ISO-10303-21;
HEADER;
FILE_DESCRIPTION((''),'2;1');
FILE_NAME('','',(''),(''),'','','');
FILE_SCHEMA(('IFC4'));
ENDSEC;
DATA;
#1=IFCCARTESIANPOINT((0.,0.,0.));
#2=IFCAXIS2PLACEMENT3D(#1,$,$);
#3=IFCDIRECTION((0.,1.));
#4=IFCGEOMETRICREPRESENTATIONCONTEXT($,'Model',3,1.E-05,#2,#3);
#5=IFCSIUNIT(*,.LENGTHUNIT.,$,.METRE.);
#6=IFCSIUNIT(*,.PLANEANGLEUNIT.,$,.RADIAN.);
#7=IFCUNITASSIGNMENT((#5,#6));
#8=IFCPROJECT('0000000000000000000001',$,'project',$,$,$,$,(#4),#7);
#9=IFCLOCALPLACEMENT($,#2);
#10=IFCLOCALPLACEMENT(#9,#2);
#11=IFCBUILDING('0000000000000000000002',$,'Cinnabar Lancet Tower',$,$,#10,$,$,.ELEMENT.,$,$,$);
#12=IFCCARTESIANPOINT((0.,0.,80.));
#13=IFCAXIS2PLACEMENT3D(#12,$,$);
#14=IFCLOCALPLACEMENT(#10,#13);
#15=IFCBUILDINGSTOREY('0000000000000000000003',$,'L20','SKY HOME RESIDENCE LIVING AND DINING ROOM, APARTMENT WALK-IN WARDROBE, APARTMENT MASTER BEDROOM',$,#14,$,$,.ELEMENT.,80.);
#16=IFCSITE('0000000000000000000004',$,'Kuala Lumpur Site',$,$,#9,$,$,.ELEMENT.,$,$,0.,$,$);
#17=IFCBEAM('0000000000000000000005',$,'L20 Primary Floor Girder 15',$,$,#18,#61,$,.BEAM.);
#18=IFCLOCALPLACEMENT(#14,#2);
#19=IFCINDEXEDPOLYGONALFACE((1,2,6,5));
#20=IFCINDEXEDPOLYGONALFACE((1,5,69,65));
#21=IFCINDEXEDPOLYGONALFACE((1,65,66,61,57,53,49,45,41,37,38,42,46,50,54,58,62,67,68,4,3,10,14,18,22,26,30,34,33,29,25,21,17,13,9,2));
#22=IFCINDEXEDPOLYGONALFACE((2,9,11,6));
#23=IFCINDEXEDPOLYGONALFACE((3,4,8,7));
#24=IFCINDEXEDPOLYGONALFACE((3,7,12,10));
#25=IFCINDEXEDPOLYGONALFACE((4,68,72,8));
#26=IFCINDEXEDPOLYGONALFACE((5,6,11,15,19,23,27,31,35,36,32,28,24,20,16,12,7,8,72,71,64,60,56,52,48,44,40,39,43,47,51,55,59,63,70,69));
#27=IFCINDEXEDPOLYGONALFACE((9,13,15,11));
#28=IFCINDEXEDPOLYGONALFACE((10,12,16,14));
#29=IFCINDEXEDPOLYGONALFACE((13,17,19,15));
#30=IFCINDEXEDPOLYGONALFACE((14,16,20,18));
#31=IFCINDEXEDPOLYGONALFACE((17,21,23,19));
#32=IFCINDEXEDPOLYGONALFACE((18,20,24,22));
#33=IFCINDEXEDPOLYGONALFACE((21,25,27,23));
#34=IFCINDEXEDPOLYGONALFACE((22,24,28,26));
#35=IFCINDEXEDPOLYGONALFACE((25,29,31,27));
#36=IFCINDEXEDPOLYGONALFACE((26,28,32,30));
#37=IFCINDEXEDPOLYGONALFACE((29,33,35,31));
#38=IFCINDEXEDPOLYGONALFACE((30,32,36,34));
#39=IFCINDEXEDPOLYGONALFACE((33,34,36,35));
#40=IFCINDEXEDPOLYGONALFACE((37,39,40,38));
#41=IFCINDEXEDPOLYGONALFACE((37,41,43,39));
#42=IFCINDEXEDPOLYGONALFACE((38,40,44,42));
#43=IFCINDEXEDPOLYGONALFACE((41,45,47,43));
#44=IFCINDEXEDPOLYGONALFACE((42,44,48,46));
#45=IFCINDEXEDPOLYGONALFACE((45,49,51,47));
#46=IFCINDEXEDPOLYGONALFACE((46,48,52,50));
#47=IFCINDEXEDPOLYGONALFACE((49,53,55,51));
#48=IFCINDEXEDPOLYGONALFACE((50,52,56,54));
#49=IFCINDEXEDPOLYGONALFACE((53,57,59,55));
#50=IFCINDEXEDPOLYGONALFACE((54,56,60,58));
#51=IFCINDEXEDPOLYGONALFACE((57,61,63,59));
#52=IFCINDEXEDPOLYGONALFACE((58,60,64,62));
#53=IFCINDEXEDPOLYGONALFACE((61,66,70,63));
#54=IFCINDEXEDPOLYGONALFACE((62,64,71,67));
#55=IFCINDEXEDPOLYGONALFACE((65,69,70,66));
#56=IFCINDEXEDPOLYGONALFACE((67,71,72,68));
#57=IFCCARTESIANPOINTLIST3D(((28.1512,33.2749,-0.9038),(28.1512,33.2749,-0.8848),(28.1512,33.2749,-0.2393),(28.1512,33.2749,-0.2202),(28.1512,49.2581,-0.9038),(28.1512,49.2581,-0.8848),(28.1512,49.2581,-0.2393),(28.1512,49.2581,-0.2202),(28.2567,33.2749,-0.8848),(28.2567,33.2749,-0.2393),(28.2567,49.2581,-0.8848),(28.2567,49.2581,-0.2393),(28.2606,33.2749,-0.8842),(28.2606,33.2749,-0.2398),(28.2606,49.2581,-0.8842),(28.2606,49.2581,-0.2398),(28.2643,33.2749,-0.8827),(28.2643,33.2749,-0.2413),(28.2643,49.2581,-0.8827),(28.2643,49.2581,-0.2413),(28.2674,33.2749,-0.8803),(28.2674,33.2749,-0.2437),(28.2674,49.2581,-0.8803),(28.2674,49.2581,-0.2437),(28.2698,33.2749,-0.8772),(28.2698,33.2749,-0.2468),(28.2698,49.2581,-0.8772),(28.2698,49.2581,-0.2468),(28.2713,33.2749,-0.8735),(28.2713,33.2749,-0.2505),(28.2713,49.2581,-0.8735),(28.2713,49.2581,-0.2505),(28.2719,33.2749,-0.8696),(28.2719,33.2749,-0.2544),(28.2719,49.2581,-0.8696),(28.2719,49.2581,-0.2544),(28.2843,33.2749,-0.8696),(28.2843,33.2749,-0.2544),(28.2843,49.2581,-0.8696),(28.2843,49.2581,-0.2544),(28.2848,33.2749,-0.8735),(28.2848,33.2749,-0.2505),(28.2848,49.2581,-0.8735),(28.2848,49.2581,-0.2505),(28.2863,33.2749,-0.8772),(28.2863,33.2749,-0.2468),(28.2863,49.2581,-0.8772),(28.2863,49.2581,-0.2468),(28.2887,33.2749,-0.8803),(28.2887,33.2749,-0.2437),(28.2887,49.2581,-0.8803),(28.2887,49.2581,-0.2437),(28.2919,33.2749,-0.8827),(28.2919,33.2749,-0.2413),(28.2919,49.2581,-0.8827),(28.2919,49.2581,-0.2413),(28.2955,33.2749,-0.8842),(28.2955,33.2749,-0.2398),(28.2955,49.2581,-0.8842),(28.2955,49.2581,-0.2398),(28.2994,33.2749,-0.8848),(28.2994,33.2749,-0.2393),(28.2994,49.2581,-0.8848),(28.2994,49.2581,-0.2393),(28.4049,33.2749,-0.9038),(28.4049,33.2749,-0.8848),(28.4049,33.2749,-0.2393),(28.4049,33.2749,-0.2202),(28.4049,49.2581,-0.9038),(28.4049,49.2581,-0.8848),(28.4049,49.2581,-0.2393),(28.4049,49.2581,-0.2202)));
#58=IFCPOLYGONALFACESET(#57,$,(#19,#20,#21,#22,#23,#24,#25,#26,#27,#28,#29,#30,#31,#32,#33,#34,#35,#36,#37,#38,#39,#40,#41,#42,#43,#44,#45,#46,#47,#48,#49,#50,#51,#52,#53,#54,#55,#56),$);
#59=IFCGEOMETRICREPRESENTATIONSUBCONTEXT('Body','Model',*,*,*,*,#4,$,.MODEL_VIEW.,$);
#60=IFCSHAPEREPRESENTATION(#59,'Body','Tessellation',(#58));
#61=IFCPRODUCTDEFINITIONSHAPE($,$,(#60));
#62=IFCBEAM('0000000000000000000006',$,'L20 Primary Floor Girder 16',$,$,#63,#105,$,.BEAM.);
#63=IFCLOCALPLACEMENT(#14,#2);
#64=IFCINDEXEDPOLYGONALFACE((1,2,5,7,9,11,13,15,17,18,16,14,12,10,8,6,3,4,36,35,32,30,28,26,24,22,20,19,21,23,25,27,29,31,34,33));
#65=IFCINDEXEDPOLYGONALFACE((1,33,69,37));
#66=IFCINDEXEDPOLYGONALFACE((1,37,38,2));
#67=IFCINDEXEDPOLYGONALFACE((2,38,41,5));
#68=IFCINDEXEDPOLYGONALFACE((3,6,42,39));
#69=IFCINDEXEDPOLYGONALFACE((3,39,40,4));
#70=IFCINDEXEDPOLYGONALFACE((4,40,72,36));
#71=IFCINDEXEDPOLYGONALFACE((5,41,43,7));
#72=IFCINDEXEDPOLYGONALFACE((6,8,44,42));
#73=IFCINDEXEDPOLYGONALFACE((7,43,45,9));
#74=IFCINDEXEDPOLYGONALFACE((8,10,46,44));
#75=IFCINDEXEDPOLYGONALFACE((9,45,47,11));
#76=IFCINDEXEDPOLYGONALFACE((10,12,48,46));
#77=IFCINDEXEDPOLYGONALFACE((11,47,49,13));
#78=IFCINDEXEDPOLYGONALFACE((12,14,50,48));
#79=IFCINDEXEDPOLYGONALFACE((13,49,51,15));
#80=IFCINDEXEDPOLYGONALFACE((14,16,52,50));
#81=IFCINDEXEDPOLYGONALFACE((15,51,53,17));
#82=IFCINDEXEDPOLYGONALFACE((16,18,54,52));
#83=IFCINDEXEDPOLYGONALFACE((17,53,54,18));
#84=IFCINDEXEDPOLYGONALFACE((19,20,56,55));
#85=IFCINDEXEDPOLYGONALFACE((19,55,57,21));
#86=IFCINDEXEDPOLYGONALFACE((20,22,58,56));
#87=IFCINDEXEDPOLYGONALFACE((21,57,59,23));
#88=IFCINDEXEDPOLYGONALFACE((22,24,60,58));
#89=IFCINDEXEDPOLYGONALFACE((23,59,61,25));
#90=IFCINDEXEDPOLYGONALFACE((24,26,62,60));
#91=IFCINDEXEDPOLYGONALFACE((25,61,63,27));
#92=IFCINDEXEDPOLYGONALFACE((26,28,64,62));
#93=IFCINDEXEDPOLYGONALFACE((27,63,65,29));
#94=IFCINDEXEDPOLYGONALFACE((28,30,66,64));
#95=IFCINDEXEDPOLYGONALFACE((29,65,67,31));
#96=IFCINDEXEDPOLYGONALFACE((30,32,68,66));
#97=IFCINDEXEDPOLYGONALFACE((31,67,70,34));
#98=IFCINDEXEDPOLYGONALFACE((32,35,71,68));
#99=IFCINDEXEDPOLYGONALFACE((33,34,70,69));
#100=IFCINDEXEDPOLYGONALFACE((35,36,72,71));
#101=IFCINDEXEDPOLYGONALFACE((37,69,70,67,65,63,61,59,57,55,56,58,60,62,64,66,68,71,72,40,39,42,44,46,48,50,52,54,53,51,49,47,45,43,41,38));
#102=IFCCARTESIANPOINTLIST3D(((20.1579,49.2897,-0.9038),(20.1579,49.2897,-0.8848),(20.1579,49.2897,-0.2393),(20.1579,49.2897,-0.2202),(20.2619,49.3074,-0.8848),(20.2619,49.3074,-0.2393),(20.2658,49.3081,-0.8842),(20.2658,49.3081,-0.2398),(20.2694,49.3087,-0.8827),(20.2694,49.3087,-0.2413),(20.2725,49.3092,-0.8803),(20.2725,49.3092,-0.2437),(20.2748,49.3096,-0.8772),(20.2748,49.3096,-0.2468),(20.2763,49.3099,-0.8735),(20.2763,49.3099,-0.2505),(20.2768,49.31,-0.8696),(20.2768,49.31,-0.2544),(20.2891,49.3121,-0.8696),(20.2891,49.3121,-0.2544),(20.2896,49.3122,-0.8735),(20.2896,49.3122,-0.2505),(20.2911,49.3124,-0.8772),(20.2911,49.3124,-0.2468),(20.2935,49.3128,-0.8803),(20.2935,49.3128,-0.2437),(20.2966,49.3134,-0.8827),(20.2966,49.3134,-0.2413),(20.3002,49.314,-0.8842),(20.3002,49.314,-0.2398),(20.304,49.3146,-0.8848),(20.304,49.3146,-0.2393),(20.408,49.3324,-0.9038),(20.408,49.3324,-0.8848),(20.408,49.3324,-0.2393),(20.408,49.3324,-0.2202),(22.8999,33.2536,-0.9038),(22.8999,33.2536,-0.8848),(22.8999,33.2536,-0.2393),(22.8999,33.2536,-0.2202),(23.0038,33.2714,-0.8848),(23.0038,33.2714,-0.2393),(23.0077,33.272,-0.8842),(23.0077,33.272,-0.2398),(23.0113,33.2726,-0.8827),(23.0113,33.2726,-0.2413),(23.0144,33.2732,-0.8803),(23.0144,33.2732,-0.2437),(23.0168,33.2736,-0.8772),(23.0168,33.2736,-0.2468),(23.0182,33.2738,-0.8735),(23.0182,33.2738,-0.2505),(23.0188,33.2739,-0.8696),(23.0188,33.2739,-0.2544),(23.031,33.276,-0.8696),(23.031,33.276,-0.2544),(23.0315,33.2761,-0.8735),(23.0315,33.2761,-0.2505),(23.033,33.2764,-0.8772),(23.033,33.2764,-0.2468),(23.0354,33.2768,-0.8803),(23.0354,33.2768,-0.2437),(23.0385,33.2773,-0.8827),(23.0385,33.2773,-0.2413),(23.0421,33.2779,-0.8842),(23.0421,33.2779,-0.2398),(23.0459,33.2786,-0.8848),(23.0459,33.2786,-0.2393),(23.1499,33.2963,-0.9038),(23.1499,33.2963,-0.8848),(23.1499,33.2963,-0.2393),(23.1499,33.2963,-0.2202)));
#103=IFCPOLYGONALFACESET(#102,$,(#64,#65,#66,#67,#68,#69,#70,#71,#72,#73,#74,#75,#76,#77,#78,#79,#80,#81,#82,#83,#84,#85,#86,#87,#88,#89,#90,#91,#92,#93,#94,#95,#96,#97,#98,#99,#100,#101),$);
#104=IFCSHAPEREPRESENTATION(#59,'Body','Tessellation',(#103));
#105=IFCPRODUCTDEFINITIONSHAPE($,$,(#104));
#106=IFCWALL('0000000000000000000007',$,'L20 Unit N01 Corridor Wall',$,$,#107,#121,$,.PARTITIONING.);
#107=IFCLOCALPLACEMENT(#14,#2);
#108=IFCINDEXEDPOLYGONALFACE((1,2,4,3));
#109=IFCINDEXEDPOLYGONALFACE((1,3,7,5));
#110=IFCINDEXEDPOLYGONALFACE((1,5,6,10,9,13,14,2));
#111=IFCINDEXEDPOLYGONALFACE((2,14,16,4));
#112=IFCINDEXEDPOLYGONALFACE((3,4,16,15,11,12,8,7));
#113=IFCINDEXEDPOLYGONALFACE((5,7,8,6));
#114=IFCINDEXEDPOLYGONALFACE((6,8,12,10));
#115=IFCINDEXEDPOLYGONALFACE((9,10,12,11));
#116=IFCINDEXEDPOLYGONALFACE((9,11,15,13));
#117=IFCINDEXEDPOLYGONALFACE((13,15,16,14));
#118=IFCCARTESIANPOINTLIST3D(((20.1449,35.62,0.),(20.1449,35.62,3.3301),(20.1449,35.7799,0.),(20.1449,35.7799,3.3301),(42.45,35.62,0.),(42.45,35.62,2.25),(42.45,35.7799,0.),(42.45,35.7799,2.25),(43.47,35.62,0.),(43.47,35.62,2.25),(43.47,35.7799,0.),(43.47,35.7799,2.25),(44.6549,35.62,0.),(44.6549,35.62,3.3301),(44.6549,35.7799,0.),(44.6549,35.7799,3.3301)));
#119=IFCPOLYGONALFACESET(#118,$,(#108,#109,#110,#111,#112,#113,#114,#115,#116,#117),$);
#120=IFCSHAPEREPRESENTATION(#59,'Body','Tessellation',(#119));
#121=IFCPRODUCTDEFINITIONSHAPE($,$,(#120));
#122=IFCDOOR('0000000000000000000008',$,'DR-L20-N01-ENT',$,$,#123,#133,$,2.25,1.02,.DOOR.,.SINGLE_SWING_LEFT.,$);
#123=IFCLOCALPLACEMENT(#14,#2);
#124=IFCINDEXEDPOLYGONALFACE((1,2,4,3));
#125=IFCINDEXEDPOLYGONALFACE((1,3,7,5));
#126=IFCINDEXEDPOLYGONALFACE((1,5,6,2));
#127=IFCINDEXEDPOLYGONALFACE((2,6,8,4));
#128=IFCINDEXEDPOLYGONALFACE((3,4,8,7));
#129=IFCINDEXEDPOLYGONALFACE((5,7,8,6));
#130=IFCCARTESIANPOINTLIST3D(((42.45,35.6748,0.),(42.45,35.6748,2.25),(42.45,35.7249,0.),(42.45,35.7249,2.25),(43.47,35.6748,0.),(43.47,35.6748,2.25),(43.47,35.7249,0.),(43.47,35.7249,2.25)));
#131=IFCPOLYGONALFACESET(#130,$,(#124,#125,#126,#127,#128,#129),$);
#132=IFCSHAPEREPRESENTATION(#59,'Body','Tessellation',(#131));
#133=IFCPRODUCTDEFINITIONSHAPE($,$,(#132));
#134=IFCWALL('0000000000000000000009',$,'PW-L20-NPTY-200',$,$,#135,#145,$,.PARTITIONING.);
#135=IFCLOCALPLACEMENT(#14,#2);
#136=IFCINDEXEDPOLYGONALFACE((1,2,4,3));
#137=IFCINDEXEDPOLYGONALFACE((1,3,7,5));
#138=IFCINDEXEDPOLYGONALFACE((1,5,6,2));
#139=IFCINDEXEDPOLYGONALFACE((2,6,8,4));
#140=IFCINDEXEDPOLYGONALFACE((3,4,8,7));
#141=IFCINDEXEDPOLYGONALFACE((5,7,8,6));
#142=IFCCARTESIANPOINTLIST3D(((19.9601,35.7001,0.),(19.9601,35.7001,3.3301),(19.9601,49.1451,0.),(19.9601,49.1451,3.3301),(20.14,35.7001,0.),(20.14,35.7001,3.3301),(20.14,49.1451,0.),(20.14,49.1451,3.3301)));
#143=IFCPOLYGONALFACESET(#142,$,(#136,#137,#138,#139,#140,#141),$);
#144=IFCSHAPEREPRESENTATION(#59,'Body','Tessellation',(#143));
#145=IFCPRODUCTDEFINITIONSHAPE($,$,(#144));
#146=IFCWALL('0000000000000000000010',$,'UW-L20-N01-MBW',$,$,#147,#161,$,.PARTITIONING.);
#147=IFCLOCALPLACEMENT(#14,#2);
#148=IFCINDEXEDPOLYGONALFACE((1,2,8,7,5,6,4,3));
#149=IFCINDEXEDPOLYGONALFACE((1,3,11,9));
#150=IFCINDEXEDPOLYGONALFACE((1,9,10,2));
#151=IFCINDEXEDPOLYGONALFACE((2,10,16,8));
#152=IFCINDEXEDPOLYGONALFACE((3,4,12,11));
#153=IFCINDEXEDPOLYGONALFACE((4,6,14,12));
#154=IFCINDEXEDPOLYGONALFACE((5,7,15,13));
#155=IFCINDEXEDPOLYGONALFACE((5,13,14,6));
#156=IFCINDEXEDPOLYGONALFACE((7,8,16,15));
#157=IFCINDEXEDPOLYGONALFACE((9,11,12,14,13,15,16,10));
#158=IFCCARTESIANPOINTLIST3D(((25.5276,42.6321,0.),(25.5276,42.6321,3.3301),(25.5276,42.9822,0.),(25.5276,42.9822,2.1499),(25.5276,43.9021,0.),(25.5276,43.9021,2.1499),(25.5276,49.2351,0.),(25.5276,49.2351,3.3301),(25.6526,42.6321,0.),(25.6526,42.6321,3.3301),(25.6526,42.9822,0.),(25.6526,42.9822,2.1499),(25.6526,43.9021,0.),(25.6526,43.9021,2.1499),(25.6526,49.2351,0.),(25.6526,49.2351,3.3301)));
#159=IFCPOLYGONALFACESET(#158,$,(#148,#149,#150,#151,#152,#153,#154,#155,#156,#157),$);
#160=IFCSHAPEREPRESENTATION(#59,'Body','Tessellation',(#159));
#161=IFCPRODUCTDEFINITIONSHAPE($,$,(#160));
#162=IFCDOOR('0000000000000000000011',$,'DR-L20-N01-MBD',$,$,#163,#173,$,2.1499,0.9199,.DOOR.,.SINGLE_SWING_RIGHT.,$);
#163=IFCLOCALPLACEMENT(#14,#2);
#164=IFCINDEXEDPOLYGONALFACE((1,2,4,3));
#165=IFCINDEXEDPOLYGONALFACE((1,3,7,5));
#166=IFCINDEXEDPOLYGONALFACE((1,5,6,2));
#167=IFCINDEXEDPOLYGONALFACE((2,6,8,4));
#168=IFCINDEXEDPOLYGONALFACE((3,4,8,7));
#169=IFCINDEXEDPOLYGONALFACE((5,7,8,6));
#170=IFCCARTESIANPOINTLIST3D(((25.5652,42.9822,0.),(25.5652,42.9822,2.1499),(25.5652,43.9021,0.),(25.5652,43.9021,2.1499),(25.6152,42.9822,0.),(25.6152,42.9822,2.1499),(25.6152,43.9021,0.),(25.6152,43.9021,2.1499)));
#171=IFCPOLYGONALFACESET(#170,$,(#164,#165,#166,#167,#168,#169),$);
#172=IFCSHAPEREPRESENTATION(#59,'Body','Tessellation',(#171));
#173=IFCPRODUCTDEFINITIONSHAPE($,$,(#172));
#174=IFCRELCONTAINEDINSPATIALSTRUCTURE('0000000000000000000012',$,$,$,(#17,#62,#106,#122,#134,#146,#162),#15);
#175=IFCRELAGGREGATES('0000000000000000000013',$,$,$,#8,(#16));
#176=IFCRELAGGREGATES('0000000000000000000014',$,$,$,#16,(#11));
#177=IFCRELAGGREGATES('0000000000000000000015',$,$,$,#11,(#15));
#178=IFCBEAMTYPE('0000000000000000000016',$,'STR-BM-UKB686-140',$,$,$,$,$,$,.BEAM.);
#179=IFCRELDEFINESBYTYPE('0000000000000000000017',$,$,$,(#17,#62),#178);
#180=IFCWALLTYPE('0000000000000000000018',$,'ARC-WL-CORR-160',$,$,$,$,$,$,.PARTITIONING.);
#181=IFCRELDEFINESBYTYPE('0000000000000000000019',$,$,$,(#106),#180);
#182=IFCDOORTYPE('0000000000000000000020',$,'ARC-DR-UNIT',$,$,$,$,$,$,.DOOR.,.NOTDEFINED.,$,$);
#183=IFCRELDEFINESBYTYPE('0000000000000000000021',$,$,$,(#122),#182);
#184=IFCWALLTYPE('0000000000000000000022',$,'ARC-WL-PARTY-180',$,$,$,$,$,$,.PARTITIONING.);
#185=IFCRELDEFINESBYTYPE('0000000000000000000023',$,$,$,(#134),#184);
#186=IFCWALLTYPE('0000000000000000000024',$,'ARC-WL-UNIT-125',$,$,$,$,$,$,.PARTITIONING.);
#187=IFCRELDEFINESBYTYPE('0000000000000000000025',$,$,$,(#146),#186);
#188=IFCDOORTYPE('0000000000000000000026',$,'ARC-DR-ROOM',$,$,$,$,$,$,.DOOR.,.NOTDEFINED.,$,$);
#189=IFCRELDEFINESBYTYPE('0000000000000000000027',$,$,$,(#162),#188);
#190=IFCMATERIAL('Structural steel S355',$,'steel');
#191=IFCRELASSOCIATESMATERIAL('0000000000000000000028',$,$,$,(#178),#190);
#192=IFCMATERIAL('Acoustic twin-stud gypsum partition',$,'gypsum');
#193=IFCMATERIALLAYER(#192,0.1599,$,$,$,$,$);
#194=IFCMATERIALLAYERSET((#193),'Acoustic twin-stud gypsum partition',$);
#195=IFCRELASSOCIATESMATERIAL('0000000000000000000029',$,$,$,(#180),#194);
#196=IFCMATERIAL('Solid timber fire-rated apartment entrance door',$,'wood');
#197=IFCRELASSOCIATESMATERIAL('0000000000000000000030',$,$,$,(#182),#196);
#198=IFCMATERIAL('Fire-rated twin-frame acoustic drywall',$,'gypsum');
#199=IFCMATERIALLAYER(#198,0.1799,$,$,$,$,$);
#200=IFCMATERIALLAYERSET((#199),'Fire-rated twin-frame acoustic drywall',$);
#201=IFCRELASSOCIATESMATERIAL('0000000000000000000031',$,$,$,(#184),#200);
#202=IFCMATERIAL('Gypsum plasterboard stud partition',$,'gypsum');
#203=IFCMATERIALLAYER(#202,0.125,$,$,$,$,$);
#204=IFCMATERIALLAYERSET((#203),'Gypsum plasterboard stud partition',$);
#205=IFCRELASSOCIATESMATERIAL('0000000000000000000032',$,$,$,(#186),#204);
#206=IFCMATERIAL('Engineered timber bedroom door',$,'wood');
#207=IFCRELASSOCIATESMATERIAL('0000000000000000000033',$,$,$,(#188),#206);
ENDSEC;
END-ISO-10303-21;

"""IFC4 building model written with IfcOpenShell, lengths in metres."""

from ifc_helpers import new_model, si_unit, direction, frame, frame_2d, origin, origin_2d, place, context, subcontext, project, spatial, rectangle, i_section, extrude, material, layer, layer_set, material_profile, profile_set, type_object, element, fill, save


model = new_model("IFC4")

# Units and contexts
model_context = context("Model", 3, precision=1e-05, world=origin(), true_north=direction((0.0, 1.0)))
body_context = subcontext(model_context, "Body", "Model", "MODEL_VIEW")
ifc_project = project(units=[si_unit("LENGTHUNIT", "METRE"), si_unit("PLANEANGLEUNIT", "RADIAN")], contexts=[model_context])

# Site, building, storey
site_placement = place(None, origin())
site = spatial("IfcSite", under=ifc_project, at=site_placement, Name="Kuala Lumpur Site", CompositionType="ELEMENT", RefElevation=0.0)
building_placement = place(site_placement, origin())
building = spatial("IfcBuilding", under=site, at=building_placement, Name="Cinnabar Lancet Tower", CompositionType="ELEMENT")
storey_placement = place(building_placement, frame((0.0, 0.0, 80.0)))
storey = spatial("IfcBuildingStorey", under=building, at=storey_placement, Name="L20", Description="SKY HOME RESIDENCE LIVING AND DINING ROOM, APARTMENT WALK-IN WARDROBE, APARTMENT MASTER BEDROOM", CompositionType="ELEMENT", Elevation=80.0)

# Beams
ifc_material_1 = material(Name="Structural steel S355", Category="steel")
ifc_material_profile_1 = material_profile(ifc_material_1, i_section(OverallWidth=0.2537, OverallDepth=0.6836, WebThickness=0.0125, FlangeThickness=0.019, FilletRadius=0.0151, at=origin_2d()), Name="UKB 686x254x140")
ifc_profile_set_1 = profile_set([ifc_material_profile_1], Name="Structural steel S355")
beam_type_1 = type_object("IfcBeamType", Name="STR-BM-UKB686-140", PredefinedType="BEAM", material=ifc_profile_set_1)
beam_1_placement = place(storey_placement, frame((28.2781, 49.2581, -0.562), z_axis=(0.0, -1.0, 0.0), x_axis=(1.0, 0.0, 0.0)))
element("IfcBeam", 1, at=beam_1_placement, inside=storey, type_object=beam_type_1, Name="L20 Primary Floor Girder 15", PredefinedType="BEAM", context=body_context, shape_type="SweptSolid", body=[
    extrude(i_section(OverallWidth=0.2537, OverallDepth=0.6836, WebThickness=0.0125, FlangeThickness=0.019, FilletRadius=0.0151, at=origin_2d()), origin(), (0.0, 0.0, 1.0), 15.9832),
])
beam_2_placement = place(storey_placement, frame((20.283, 49.311, -0.562), z_axis=(0.168539, -0.985695, 0.0), x_axis=(0.985695, 0.168539, 0.0)))
element("IfcBeam", 2, at=beam_2_placement, inside=storey, type_object=beam_type_1, Name="L20 Primary Floor Girder 16", PredefinedType="BEAM", context=body_context, shape_type="SweptSolid", body=[
    extrude(i_section(OverallWidth=0.2537, OverallDepth=0.6836, WebThickness=0.0125, FlangeThickness=0.019, FilletRadius=0.0151, at=origin_2d()), origin(), (0.0, 0.0, 1.0), 16.2688),
])

# Wall, opening, door
ifc_material_2 = material(Name="Acoustic twin-stud gypsum partition", Category="gypsum")
ifc_layer_1 = layer(ifc_material_2, 0.1599)
ifc_layer_set_1 = layer_set([ifc_layer_1], Name="Acoustic twin-stud gypsum partition")
wall_type_1 = type_object("IfcWallType", Name="ARC-WL-CORR-160", PredefinedType="PARTITIONING", material=ifc_layer_set_1)
wall_1_placement = place(storey_placement, frame((20.145, 35.7, 0.0), z_axis=(0.0, 0.0, 1.0), x_axis=(1.0, 0.0, 0.0)))
wall_1 = element("IfcWall", 3, at=wall_1_placement, inside=storey, type_object=wall_type_1, Name="L20 Unit N01 Corridor Wall", PredefinedType="PARTITIONING", context=body_context, shape_type="SweptSolid", body=[
    extrude(rectangle(XDim=24.51, YDim=0.1599, at=frame_2d((12.2549, 0.0))), origin(), (0.0, 0.0, 1.0), 3.3301),
])
opening_1_placement = place(wall_1_placement, frame((22.3049, 0.0, 0.0)))
opening_1 = element("IfcOpeningElement", 4, at=opening_1_placement, cuts=wall_1, PredefinedType="OPENING", context=body_context, shape_type="SweptSolid", body=[
    extrude(rectangle(XDim=1.02, YDim=2.25, at=frame_2d((0.51, 1.125))), frame((0.0, 0.0898, 0.0), z_axis=(0.0, -1.0, 0.0), x_axis=(1.0, 0.0, 0.0)), (0.0, 0.0, 1.0), 0.1799),
])
ifc_material_3 = material(Name="Solid timber fire-rated apartment entrance door", Category="wood")
door_type_1 = type_object("IfcDoorType", Name="ARC-DR-UNIT", OperationType="NOTDEFINED", PredefinedType="DOOR", material=ifc_material_3)
door_1_placement = place(opening_1_placement, origin())
door_1 = element("IfcDoor", 5, at=door_1_placement, inside=storey, type_object=door_type_1, Name="DR-L20-N01-ENT", OperationType="SINGLE_SWING_LEFT", OverallHeight=2.25, OverallWidth=1.02, PredefinedType="DOOR", context=body_context, shape_type="SweptSolid", body=[
    extrude(rectangle(XDim=1.02, YDim=2.25, at=frame_2d((0.51, 1.125))), frame((0.0, 0.0249, 0.0), z_axis=(0.0, -1.0, 0.0), x_axis=(1.0, 0.0, 0.0)), (0.0, 0.0, 1.0), 0.05),
])
fill(opening_1, door_1)

# Wall
ifc_material_4 = material(Name="Fire-rated twin-frame acoustic drywall", Category="gypsum")
ifc_layer_2 = layer(ifc_material_4, 0.1799)
ifc_layer_set_2 = layer_set([ifc_layer_2], Name="Fire-rated twin-frame acoustic drywall")
wall_type_2 = type_object("IfcWallType", Name="ARC-WL-PARTY-180", PredefinedType="PARTITIONING", material=ifc_layer_set_2)
wall_2_placement = place(storey_placement, frame((20.05, 35.7, 0.0), z_axis=(0.0, 0.0, 1.0), x_axis=(0.0, 1.0, 0.0)))
element("IfcWall", 6, at=wall_2_placement, inside=storey, type_object=wall_type_2, Name="PW-L20-NPTY-200", PredefinedType="PARTITIONING", context=body_context, shape_type="SweptSolid", body=[
    extrude(rectangle(XDim=13.4451, YDim=0.1799, at=frame_2d((6.7227, 0.0))), origin(), (0.0, 0.0, 1.0), 3.3301),
])

# Wall, opening, door
ifc_material_5 = material(Name="Gypsum plasterboard stud partition", Category="gypsum")
ifc_layer_3 = layer(ifc_material_5, 0.125)
ifc_layer_set_3 = layer_set([ifc_layer_3], Name="Gypsum plasterboard stud partition")
wall_type_3 = type_object("IfcWallType", Name="ARC-WL-UNIT-125", PredefinedType="PARTITIONING", material=ifc_layer_set_3)
wall_3_placement = place(storey_placement, frame((25.5901, 42.6321, 0.0), z_axis=(0.0, 0.0, 1.0), x_axis=(0.0, 1.0, 0.0)))
wall_3 = element("IfcWall", 7, at=wall_3_placement, inside=storey, type_object=wall_type_3, Name="UW-L20-N01-MBW", PredefinedType="PARTITIONING", context=body_context, shape_type="SweptSolid", body=[
    extrude(rectangle(XDim=6.603, YDim=0.125, at=frame_2d((3.3015, 0.0))), origin(), (0.0, 0.0, 1.0), 3.3301),
])
opening_2_placement = place(wall_3_placement, frame((0.3501, 0.0, 0.0)))
opening_2 = element("IfcOpeningElement", 8, at=opening_2_placement, cuts=wall_3, PredefinedType="OPENING", context=body_context, shape_type="SweptSolid", body=[
    extrude(rectangle(XDim=0.9199, YDim=2.1499, at=frame_2d((0.46, 1.075))), frame((0.0, 0.0725, 0.0), z_axis=(0.0, -1.0, 0.0), x_axis=(1.0, 0.0, 0.0)), (0.0, 0.0, 1.0), 0.145),
])
ifc_material_6 = material(Name="Engineered timber bedroom door", Category="wood")
door_type_2 = type_object("IfcDoorType", Name="ARC-DR-ROOM", OperationType="NOTDEFINED", PredefinedType="DOOR", material=ifc_material_6)
door_2_placement = place(opening_2_placement, origin())
door_2 = element("IfcDoor", 9, at=door_2_placement, inside=storey, type_object=door_type_2, Name="DR-L20-N01-MBD", OperationType="SINGLE_SWING_RIGHT", OverallHeight=2.1499, OverallWidth=0.9199, PredefinedType="DOOR", context=body_context, shape_type="SweptSolid", body=[
    extrude(rectangle(XDim=0.9199, YDim=2.1499, at=frame_2d((0.46, 1.075))), frame((0.0, 0.0249, 0.0), z_axis=(0.0, -1.0, 0.0), x_axis=(1.0, 0.0, 0.0)), (0.0, 0.0, 1.0), 0.05),
])
fill(opening_2, door_2)

save(model, "model.ifc")
